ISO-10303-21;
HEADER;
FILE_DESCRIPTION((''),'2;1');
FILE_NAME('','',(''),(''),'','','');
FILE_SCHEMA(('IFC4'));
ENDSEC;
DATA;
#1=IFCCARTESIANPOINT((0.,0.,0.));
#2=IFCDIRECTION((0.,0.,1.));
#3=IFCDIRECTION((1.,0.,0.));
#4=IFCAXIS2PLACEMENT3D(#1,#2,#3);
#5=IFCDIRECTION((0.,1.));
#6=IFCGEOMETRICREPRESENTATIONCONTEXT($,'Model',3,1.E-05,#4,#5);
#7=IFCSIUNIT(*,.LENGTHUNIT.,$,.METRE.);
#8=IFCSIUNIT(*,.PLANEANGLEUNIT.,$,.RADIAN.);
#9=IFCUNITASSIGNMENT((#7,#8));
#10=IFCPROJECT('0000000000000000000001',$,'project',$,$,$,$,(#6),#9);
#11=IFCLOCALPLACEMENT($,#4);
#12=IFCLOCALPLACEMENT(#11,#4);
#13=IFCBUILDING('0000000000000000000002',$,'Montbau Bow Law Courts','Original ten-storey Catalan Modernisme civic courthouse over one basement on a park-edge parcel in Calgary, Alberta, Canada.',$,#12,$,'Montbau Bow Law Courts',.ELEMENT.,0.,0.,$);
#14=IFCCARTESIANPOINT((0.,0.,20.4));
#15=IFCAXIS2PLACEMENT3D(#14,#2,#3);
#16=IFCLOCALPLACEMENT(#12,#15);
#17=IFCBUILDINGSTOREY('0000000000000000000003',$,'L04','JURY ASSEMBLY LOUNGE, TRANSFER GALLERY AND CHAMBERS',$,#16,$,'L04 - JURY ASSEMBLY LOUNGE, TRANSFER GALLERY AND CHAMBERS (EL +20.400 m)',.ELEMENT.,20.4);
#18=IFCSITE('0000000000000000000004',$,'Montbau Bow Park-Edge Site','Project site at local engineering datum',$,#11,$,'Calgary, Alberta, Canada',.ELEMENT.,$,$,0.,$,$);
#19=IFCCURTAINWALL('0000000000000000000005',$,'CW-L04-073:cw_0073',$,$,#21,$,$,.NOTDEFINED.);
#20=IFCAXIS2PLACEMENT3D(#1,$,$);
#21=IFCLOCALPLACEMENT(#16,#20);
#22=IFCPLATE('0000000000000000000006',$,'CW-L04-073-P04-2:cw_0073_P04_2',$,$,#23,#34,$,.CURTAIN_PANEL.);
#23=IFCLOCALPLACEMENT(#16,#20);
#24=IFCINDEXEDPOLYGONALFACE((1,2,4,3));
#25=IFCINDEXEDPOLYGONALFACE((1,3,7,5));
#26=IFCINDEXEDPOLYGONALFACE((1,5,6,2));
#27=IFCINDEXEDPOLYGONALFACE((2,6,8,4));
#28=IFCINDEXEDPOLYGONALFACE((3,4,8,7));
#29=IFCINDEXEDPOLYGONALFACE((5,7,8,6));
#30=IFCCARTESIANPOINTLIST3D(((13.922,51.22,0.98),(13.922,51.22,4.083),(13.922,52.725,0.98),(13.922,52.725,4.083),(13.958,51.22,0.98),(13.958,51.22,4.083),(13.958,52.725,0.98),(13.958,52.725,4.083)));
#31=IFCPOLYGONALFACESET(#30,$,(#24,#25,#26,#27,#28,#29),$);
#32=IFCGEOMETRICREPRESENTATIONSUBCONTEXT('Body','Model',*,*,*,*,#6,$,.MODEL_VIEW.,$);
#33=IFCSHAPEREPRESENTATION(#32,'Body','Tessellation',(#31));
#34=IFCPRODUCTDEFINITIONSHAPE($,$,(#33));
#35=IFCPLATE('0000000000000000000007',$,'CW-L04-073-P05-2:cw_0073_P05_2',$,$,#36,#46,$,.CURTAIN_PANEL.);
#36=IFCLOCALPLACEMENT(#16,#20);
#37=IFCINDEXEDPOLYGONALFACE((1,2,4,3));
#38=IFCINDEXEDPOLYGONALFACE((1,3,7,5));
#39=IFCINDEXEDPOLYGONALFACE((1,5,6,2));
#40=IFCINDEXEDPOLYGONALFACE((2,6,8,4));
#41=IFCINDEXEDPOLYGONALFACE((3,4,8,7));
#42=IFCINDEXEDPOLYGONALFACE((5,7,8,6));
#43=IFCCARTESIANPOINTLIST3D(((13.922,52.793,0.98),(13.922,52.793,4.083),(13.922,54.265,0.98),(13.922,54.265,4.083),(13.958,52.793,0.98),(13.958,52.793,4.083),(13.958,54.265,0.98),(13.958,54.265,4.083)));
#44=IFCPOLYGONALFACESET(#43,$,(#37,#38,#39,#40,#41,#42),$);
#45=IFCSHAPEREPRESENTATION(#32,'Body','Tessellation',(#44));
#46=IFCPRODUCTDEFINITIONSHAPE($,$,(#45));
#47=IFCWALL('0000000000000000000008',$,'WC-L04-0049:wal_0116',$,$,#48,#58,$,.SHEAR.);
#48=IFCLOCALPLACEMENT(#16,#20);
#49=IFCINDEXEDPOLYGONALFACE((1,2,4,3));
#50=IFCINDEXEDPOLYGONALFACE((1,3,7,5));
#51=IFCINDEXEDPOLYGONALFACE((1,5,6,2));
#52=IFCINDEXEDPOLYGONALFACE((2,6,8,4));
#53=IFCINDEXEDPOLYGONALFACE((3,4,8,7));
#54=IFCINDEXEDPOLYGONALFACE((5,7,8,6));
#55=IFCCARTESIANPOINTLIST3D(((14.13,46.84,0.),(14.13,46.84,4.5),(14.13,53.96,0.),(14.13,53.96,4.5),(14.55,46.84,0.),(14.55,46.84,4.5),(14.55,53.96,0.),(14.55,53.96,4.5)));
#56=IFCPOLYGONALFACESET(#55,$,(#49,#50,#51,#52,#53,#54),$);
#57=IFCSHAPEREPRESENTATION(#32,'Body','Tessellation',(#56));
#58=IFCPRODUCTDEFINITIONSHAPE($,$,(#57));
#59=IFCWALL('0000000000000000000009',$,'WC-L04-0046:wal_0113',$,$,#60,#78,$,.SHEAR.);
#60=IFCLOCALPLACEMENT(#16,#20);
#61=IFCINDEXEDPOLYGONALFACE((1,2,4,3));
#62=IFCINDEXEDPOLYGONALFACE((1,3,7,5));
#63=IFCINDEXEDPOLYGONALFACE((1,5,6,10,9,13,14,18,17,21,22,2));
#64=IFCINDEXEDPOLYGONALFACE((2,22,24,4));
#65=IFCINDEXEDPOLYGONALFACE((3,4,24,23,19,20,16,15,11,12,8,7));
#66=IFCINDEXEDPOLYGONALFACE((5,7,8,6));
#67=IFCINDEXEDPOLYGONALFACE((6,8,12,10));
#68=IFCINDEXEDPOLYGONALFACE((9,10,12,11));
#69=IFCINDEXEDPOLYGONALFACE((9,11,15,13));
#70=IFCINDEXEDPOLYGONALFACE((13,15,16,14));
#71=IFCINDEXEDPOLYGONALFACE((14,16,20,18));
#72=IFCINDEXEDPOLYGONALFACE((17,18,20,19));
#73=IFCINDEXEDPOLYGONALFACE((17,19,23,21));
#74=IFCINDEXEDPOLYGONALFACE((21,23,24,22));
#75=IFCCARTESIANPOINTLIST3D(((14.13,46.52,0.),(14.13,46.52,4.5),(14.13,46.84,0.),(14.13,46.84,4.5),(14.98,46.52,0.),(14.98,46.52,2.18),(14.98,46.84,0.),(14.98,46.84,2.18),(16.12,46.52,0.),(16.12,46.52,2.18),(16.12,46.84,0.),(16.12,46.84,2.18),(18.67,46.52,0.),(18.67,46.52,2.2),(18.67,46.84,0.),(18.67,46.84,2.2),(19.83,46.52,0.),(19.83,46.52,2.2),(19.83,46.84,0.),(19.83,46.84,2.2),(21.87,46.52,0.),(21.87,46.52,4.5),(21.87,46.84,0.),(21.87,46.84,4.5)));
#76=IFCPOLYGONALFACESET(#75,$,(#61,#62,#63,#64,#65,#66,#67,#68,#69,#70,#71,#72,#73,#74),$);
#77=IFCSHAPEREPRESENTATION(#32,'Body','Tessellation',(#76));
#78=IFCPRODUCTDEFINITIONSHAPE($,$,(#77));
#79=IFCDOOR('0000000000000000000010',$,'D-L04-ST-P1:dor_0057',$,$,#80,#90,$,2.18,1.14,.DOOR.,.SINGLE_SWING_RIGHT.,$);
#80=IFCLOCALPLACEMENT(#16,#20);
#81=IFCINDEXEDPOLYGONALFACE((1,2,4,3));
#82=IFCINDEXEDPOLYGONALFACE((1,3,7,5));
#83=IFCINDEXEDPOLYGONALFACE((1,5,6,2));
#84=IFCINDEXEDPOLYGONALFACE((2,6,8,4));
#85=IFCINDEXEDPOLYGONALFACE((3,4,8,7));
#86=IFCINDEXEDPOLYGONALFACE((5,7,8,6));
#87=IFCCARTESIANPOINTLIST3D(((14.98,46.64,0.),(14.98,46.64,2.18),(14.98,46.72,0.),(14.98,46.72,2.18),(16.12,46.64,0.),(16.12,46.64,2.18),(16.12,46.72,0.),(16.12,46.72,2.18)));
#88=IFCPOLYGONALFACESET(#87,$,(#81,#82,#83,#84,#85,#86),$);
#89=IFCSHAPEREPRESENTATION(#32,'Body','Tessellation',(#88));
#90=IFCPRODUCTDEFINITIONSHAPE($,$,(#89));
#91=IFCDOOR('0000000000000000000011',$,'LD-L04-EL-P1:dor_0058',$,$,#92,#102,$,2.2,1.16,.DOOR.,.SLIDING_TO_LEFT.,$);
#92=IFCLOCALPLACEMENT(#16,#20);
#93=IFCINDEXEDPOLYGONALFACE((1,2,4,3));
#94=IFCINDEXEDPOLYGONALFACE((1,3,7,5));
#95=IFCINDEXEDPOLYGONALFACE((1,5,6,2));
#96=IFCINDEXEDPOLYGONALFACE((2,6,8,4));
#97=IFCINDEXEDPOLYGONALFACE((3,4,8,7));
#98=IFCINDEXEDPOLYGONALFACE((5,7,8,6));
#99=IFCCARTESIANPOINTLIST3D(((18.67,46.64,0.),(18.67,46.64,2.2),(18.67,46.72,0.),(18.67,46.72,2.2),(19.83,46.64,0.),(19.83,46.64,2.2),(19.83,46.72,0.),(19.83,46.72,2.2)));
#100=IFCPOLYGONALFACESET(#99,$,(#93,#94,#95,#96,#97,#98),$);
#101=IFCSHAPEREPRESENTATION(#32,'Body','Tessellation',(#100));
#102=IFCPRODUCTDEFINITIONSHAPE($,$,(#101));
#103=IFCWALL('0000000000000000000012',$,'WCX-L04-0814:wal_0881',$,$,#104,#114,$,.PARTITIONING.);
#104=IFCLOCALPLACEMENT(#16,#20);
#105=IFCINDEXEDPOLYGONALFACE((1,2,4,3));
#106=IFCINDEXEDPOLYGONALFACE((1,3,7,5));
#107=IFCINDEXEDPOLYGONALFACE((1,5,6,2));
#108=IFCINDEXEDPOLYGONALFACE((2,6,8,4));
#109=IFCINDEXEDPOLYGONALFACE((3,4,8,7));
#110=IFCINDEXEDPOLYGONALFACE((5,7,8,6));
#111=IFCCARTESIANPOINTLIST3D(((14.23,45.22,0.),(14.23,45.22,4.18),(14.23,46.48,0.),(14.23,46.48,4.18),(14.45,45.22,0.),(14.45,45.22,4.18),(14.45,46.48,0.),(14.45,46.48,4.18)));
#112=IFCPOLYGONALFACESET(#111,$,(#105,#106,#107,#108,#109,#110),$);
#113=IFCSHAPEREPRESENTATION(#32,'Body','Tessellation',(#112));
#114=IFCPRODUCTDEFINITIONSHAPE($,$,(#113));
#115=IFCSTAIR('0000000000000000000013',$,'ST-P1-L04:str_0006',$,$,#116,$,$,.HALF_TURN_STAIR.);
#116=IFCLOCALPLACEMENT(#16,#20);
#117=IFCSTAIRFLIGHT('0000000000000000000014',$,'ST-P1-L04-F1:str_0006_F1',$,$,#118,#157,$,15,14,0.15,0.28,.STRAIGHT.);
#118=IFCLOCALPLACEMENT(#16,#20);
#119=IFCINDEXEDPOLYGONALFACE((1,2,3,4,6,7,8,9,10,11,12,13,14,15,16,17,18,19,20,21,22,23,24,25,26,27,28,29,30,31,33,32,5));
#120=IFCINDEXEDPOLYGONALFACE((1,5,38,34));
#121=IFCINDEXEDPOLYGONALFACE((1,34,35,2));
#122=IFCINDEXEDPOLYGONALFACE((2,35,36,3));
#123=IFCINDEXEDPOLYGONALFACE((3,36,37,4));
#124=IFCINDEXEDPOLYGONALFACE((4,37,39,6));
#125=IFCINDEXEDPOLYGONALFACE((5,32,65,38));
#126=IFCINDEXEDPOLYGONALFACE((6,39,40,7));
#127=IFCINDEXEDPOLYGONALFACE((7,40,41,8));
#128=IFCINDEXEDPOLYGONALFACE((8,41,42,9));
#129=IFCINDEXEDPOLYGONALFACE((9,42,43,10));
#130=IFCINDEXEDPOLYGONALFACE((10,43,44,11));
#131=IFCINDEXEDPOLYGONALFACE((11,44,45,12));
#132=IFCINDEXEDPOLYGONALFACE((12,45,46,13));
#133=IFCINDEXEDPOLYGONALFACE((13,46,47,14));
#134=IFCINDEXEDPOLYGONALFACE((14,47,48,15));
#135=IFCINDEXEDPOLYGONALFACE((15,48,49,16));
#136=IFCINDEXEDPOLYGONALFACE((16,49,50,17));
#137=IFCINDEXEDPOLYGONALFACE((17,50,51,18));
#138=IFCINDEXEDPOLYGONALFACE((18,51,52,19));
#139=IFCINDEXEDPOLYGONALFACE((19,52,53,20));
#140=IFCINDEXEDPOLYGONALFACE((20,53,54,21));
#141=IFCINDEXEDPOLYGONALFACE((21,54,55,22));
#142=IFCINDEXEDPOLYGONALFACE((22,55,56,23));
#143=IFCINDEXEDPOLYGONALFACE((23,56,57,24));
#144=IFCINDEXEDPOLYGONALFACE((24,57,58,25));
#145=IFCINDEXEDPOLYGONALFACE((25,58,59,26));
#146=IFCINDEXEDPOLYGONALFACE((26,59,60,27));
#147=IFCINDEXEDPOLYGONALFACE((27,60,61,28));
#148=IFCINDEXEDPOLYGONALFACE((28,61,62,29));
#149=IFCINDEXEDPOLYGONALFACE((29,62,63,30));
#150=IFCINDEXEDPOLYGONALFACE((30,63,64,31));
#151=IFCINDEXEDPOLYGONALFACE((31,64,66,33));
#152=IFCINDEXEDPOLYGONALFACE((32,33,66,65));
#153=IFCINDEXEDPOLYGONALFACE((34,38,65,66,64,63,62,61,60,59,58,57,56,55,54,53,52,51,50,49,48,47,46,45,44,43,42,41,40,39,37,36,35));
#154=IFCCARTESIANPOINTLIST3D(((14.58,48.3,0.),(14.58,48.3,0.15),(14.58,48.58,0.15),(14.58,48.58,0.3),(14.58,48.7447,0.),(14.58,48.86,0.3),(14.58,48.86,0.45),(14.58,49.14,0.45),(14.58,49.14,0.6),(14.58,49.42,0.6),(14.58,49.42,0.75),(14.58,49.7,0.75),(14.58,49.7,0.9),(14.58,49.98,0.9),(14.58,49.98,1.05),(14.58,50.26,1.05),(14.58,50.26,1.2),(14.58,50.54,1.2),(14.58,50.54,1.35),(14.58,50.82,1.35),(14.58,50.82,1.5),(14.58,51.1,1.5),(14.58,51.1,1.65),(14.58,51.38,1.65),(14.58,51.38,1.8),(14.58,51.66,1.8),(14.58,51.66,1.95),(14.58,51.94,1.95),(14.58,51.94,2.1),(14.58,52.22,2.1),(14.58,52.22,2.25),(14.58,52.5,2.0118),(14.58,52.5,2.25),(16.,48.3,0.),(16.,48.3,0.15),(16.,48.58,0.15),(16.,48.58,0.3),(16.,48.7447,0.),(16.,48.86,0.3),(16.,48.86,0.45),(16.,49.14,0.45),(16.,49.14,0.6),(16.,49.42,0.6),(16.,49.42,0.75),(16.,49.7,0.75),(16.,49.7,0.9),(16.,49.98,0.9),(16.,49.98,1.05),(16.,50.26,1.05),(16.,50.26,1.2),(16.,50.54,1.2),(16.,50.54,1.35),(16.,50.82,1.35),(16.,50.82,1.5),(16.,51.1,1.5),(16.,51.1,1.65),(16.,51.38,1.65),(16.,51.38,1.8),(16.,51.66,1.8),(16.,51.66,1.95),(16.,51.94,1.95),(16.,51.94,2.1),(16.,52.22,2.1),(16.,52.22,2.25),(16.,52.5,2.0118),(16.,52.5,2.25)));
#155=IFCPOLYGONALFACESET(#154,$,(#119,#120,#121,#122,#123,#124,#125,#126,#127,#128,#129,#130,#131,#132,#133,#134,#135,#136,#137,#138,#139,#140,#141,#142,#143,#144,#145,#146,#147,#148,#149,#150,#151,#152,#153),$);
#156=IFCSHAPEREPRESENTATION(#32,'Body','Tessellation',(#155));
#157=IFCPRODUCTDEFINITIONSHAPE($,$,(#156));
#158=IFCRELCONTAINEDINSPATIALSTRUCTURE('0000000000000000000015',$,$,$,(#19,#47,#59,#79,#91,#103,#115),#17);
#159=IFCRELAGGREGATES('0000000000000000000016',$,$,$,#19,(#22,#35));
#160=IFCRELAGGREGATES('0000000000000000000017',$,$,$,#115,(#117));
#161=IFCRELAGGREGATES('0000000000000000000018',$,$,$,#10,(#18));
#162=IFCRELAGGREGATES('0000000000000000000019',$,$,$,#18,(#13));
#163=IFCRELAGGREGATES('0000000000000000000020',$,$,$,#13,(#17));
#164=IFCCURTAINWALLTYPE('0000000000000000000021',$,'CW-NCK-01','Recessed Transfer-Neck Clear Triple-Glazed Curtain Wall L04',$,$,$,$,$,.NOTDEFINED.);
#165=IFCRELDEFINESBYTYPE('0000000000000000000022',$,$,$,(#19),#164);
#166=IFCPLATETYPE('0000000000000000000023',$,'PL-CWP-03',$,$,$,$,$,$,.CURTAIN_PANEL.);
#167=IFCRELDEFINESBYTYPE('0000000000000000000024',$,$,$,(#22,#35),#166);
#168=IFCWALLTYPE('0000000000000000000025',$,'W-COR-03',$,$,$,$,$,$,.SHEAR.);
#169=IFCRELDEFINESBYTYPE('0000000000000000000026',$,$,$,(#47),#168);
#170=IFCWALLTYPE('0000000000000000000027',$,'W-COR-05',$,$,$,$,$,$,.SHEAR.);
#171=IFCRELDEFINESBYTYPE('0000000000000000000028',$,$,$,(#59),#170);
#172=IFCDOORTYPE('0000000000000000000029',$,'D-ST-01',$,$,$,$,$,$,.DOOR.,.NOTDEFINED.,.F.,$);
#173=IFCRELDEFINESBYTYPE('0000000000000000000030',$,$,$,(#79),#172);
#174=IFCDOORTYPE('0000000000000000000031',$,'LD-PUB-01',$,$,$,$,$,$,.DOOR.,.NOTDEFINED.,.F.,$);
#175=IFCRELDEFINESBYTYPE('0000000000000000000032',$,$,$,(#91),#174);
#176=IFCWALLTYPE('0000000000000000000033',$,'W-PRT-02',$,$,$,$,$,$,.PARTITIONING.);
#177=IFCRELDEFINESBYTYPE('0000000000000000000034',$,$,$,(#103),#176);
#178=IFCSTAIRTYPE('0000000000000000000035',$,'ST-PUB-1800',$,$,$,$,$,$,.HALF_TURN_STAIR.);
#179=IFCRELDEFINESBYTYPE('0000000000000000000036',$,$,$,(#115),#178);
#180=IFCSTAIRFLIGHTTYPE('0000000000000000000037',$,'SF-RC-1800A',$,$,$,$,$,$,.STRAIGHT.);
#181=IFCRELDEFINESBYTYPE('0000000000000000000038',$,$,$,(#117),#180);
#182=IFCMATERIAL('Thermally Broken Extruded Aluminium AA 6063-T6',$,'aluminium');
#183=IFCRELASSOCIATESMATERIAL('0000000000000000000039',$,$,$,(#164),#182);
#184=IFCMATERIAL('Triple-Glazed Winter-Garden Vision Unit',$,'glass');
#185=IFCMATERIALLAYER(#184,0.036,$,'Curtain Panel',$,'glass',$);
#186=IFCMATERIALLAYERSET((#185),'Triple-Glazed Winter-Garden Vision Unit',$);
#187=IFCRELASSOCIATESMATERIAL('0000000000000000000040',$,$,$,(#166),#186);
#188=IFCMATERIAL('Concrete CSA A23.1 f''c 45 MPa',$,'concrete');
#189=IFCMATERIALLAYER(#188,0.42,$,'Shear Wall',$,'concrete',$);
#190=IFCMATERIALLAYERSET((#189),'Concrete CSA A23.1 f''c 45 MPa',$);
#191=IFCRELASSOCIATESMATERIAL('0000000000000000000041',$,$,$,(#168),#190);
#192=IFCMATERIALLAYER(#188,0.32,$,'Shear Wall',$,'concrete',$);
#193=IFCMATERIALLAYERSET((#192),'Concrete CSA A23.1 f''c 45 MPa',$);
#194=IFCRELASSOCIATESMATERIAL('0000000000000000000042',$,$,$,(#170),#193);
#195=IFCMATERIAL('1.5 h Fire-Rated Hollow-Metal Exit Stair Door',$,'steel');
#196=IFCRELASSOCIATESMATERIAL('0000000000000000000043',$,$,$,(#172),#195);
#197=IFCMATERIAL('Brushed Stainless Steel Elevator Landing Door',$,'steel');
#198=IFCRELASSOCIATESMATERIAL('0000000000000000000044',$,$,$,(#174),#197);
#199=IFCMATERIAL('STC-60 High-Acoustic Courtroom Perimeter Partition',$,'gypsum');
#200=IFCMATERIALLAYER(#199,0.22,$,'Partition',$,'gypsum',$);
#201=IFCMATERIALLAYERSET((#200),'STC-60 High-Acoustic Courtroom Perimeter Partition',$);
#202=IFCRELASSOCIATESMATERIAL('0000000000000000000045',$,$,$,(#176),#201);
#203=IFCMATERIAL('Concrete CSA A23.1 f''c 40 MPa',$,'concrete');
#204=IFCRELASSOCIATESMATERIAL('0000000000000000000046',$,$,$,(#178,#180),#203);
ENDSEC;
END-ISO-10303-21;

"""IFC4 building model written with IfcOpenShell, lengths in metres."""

from ifc_helpers import new_model, si_unit, direction, frame, frame_2d, origin_with_axes, place, context, subcontext, project, spatial, polyline, rectangle, outline, extrude, material, layer, layer_set, type_object, element, fill, aggregate, save


model = new_model("IFC4")

# Units and contexts
model_context = context("Model", 3, precision=1e-05, world=origin_with_axes(), true_north=direction((0.0, 1.0)))
body_context = subcontext(model_context, "Body", "Model", "MODEL_VIEW")
ifc_project = project(units=[si_unit("LENGTHUNIT", "METRE"), si_unit("PLANEANGLEUNIT", "RADIAN")], contexts=[model_context])

# Site, building, storey
site_placement = place(None, origin_with_axes())
site = spatial("IfcSite", under=ifc_project, at=site_placement, Name="Montbau Bow Park-Edge Site", Description="Project site at local engineering datum", LongName="Calgary, Alberta, Canada", CompositionType="ELEMENT", RefElevation=0.0)
building_placement = place(site_placement, origin_with_axes())
building = spatial("IfcBuilding", under=site, at=building_placement, Name="Montbau Bow Law Courts", Description="Original ten-storey Catalan Modernisme civic courthouse over one basement on a park-edge parcel in Calgary, Alberta, Canada.", LongName="Montbau Bow Law Courts", CompositionType="ELEMENT", ElevationOfRefHeight=0.0, ElevationOfTerrain=0.0)
storey_placement = place(building_placement, frame((0.0, 0.0, 20.4), z_axis=(0.0, 0.0, 1.0), x_axis=(1.0, 0.0, 0.0)))
storey = spatial("IfcBuildingStorey", under=building, at=storey_placement, Name="L04", Description="JURY ASSEMBLY LOUNGE, TRANSFER GALLERY AND CHAMBERS", LongName="L04 - JURY ASSEMBLY LOUNGE, TRANSFER GALLERY AND CHAMBERS (EL +20.400 m)", CompositionType="ELEMENT", Elevation=20.4)

# Curtain wall
ifc_material_1 = material(Name="Thermally Broken Extruded Aluminium AA 6063-T6", Category="aluminium")
curtain_wall_type = type_object("IfcCurtainWallType", Name="CW-NCK-01", Description="Recessed Transfer-Neck Clear Triple-Glazed Curtain Wall L04", PredefinedType="NOTDEFINED", material=ifc_material_1)
curtain_wall_1_placement = place(None, frame((13.94, 46.468, 20.4), z_axis=(0.0, 0.0, 1.0), x_axis=(1.0, 0.0, 0.0)))
curtain_wall_1 = element("IfcCurtainWall", 1, at=curtain_wall_1_placement, inside=storey, type_object=curtain_wall_type, Name="CW-L04-073:cw_0073", PredefinedType="NOTDEFINED")

# Plates
ifc_material_2 = material(Name="Triple-Glazed Winter-Garden Vision Unit", Category="glass")
ifc_layer_1 = layer(ifc_material_2, 0.036, Name="Curtain Panel", Category="glass")
ifc_layer_set_1 = layer_set([ifc_layer_1], Name="Triple-Glazed Winter-Garden Vision Unit")
plate_type_1 = type_object("IfcPlateType", Name="PL-CWP-03", PredefinedType="CURTAIN_PANEL", material=ifc_layer_set_1)
plate_1_placement = place(None, frame((13.94, 51.22, 21.38), z_axis=(1.0, 0.0, 0.0), x_axis=(0.0, 1.0, 0.0)))
plate_1 = element("IfcPlate", 2, at=plate_1_placement, type_object=plate_type_1, Name="CW-L04-073-P04-2:cw_0073_P04_2", PredefinedType="CURTAIN_PANEL", context=body_context, shape_type="SweptSolid", body=[
    extrude(rectangle(XDim=1.505, YDim=3.103, at=frame_2d((0.7525, 1.5515), x_axis=(1.0, 0.0))), frame((0.0, 0.0, -0.018), z_axis=(0.0, 0.0, 1.0), x_axis=(1.0, 0.0, 0.0)), (0.0, 0.0, 1.0), 0.036),
])
plate_2_placement = place(None, frame((13.94, 52.793, 21.38), z_axis=(1.0, 0.0, 0.0), x_axis=(0.0, 1.0, 0.0)))
plate_2 = element("IfcPlate", 3, at=plate_2_placement, type_object=plate_type_1, Name="CW-L04-073-P05-2:cw_0073_P05_2", PredefinedType="CURTAIN_PANEL", context=body_context, shape_type="SweptSolid", body=[
    extrude(rectangle(XDim=1.472, YDim=3.103, at=frame_2d((0.736, 1.5515), x_axis=(1.0, 0.0))), frame((0.0, 0.0, -0.018), z_axis=(0.0, 0.0, 1.0), x_axis=(1.0, 0.0, 0.0)), (0.0, 0.0, 1.0), 0.036),
])
aggregate(curtain_wall_1, [plate_1, plate_2])

# Wall
ifc_material_3 = material(Name="Concrete CSA A23.1 f'c 45 MPa", Category="concrete")
ifc_layer_2 = layer(ifc_material_3, 0.42, Name="Shear Wall", Category="concrete")
ifc_layer_set_2 = layer_set([ifc_layer_2], Name="Concrete CSA A23.1 f'c 45 MPa")
wall_type_1 = type_object("IfcWallType", Name="W-COR-03", PredefinedType="SHEAR", material=ifc_layer_set_2)
wall_1_placement = place(None, frame((14.34, 53.96, 20.4), z_axis=(0.0, 0.0, 1.0), x_axis=(0.0, -1.0, 0.0)))
element("IfcWall", 4, at=wall_1_placement, inside=storey, type_object=wall_type_1, Name="WC-L04-0049:wal_0116", PredefinedType="SHEAR", context=body_context, shape_type="SweptSolid", body=[
    extrude(rectangle(XDim=7.12, YDim=0.42, at=frame_2d((3.56, 0.0), x_axis=(1.0, 0.0))), origin_with_axes(), (0.0, 0.0, 1.0), 4.5),
])

# Wall, openings, doors
ifc_layer_3 = layer(ifc_material_3, 0.32, Name="Shear Wall", Category="concrete")
ifc_layer_set_3 = layer_set([ifc_layer_3], Name="Concrete CSA A23.1 f'c 45 MPa")
wall_type_2 = type_object("IfcWallType", Name="W-COR-05", PredefinedType="SHEAR", material=ifc_layer_set_3)
wall_2_placement = place(None, frame((14.13, 46.68, 20.4), z_axis=(0.0, 0.0, 1.0), x_axis=(1.0, 0.0, 0.0)))
wall_2 = element("IfcWall", 5, at=wall_2_placement, inside=storey, type_object=wall_type_2, Name="WC-L04-0046:wal_0113", PredefinedType="SHEAR", context=body_context, shape_type="SweptSolid", body=[
    extrude(rectangle(XDim=7.74, YDim=0.32, at=frame_2d((3.87, 0.0), x_axis=(1.0, 0.0))), origin_with_axes(), (0.0, 0.0, 1.0), 4.5),
])
opening_1_placement = place(None, frame((15.55, 46.68, 20.4), z_axis=(0.0, 0.0, 1.0), x_axis=(1.0, 0.0, 0.0)))
opening_1 = element("IfcOpeningElement", 6, at=opening_1_placement, cuts=wall_2, PredefinedType="OPENING", context=body_context, shape_type="SweptSolid", body=[
    extrude(rectangle(XDim=1.14, YDim=2.18, at=frame_2d((0.0, 1.09), x_axis=(1.0, 0.0))), frame((0.0, 0.17, 0.0), z_axis=(0.0, -1.0, 0.0), x_axis=(1.0, 0.0, 0.0)), (0.0, 0.0, 1.0), 0.34),
])
opening_2_placement = place(None, frame((19.25, 46.68, 20.4), z_axis=(0.0, 0.0, 1.0), x_axis=(1.0, 0.0, 0.0)))
opening_2 = element("IfcOpeningElement", 7, at=opening_2_placement, cuts=wall_2, PredefinedType="OPENING", context=body_context, shape_type="SweptSolid", body=[
    extrude(rectangle(XDim=1.16, YDim=2.2, at=frame_2d((0.0, 1.1), x_axis=(1.0, 0.0))), frame((0.0, 0.17, 0.0), z_axis=(0.0, -1.0, 0.0), x_axis=(1.0, 0.0, 0.0)), (0.0, 0.0, 1.0), 0.34),
])
ifc_material_4 = material(Name="1.5 h Fire-Rated Hollow-Metal Exit Stair Door", Category="steel")
door_type_1 = type_object("IfcDoorType", Name="D-ST-01", OperationType="NOTDEFINED", ParameterTakesPrecedence=False, PredefinedType="DOOR", material=ifc_material_4)
door_1_placement = place(None, frame((15.55, 46.68, 20.4), z_axis=(0.0, 0.0, 1.0), x_axis=(-1.0, 0.0, 0.0)))
door_1 = element("IfcDoor", 8, at=door_1_placement, inside=storey, type_object=door_type_1, Name="D-L04-ST-P1:dor_0057", OperationType="SINGLE_SWING_RIGHT", OverallHeight=2.18, OverallWidth=1.14, PredefinedType="DOOR", context=body_context, shape_type="SweptSolid", body=[
    extrude(rectangle(XDim=1.14, YDim=2.18, at=frame_2d((0.0, 1.09), x_axis=(1.0, 0.0))), frame((0.0, 0.04, 0.0), z_axis=(0.0, -1.0, 0.0), x_axis=(1.0, 0.0, 0.0)), (0.0, 0.0, 1.0), 0.08),
])
fill(opening_1, door_1)
ifc_material_5 = material(Name="Brushed Stainless Steel Elevator Landing Door", Category="steel")
door_type_2 = type_object("IfcDoorType", Name="LD-PUB-01", OperationType="NOTDEFINED", ParameterTakesPrecedence=False, PredefinedType="DOOR", material=ifc_material_5)
door_2_placement = place(None, frame((19.25, 46.68, 20.4), z_axis=(0.0, 0.0, 1.0), x_axis=(-1.0, 0.0, 0.0)))
door_2 = element("IfcDoor", 9, at=door_2_placement, inside=storey, type_object=door_type_2, Name="LD-L04-EL-P1:dor_0058", OperationType="SLIDING_TO_LEFT", OverallHeight=2.2, OverallWidth=1.16, PredefinedType="DOOR", context=body_context, shape_type="SweptSolid", body=[
    extrude(rectangle(XDim=1.16, YDim=2.2, at=frame_2d((0.0, 1.1), x_axis=(1.0, 0.0))), frame((0.0, 0.04, 0.0), z_axis=(0.0, -1.0, 0.0), x_axis=(1.0, 0.0, 0.0)), (0.0, 0.0, 1.0), 0.08),
])
fill(opening_2, door_2)

# Wall
ifc_material_6 = material(Name="STC-60 High-Acoustic Courtroom Perimeter Partition", Category="gypsum")
ifc_layer_4 = layer(ifc_material_6, 0.22, Name="Partition", Category="gypsum")
ifc_layer_set_4 = layer_set([ifc_layer_4], Name="STC-60 High-Acoustic Courtroom Perimeter Partition")
wall_type_3 = type_object("IfcWallType", Name="W-PRT-02", PredefinedType="PARTITIONING", material=ifc_layer_set_4)
wall_3_placement = place(None, frame((14.34, 45.22, 20.4), z_axis=(0.0, 0.0, 1.0), x_axis=(0.0, 1.0, 0.0)))
element("IfcWall", 10, at=wall_3_placement, inside=storey, type_object=wall_type_3, Name="WCX-L04-0814:wal_0881", PredefinedType="PARTITIONING", context=body_context, shape_type="SweptSolid", body=[
    extrude(rectangle(XDim=1.26, YDim=0.22, at=frame_2d((0.63, 0.0), x_axis=(1.0, 0.0))), origin_with_axes(), (0.0, 0.0, 1.0), 4.18),
])

# Stair, stair flight
ifc_material_7 = material(Name="Concrete CSA A23.1 f'c 40 MPa", Category="concrete")
stair_type = type_object("IfcStairType", Name="ST-PUB-1800", PredefinedType="HALF_TURN_STAIR", material=ifc_material_7)
stair_placement = place(None, frame((15.29, 48.3, 20.4), z_axis=(0.0, 0.0, 1.0), x_axis=(1.0, 0.0, 0.0)))
stair = element("IfcStair", 11, at=stair_placement, inside=storey, type_object=stair_type, Name="ST-P1-L04:str_0006", PredefinedType="HALF_TURN_STAIR")
stair_flight_type = type_object("IfcStairFlightType", Name="SF-RC-1800A", PredefinedType="STRAIGHT", material=ifc_material_7)
stair_flight_1_placement = place(None, frame((15.29, 48.3, 20.4), z_axis=(0.0, 0.0, 1.0), x_axis=(0.0, 1.0, 0.0)))
stair_flight_1 = element("IfcStairFlight", 12, at=stair_flight_1_placement, type_object=stair_flight_type, Name="ST-P1-L04-F1:str_0006_F1", NumberOfRisers=15, NumberOfTreads=14, PredefinedType="STRAIGHT", RiserHeight=0.15, TreadLength=0.28, context=body_context, shape_type="SweptSolid", body=[
    extrude(outline(polyline([(0.0, 0.0), (0.0, 0.15), (0.28, 0.15), (0.28, 0.3), (0.56, 0.3), (0.56, 0.45), (0.84, 0.45), (0.84, 0.6), (1.12, 0.6), (1.12, 0.75), (1.4, 0.75), (1.4, 0.9), (1.68, 0.9), (1.68, 1.05), (1.96, 1.05), (1.96, 1.2), (2.24, 1.2), (2.24, 1.35), (2.52, 1.35), (2.52, 1.5), (2.8, 1.5), (2.8, 1.65), (3.08, 1.65), (3.08, 1.8), (3.36, 1.8), (3.36, 1.95), (3.64, 1.95), (3.64, 2.1), (3.92, 2.1), (3.92, 2.25), (4.2, 2.25), (4.2, 2.0118), (0.4447, 0.0), (0.0, 0.0)])), frame((0.0, 0.71, 0.0), z_axis=(0.0, -1.0, 0.0), x_axis=(1.0, 0.0, 0.0)), (0.0, 0.0, 1.0), 1.42),
])
aggregate(stair, [stair_flight_1])

save(model, "model.ifc")
